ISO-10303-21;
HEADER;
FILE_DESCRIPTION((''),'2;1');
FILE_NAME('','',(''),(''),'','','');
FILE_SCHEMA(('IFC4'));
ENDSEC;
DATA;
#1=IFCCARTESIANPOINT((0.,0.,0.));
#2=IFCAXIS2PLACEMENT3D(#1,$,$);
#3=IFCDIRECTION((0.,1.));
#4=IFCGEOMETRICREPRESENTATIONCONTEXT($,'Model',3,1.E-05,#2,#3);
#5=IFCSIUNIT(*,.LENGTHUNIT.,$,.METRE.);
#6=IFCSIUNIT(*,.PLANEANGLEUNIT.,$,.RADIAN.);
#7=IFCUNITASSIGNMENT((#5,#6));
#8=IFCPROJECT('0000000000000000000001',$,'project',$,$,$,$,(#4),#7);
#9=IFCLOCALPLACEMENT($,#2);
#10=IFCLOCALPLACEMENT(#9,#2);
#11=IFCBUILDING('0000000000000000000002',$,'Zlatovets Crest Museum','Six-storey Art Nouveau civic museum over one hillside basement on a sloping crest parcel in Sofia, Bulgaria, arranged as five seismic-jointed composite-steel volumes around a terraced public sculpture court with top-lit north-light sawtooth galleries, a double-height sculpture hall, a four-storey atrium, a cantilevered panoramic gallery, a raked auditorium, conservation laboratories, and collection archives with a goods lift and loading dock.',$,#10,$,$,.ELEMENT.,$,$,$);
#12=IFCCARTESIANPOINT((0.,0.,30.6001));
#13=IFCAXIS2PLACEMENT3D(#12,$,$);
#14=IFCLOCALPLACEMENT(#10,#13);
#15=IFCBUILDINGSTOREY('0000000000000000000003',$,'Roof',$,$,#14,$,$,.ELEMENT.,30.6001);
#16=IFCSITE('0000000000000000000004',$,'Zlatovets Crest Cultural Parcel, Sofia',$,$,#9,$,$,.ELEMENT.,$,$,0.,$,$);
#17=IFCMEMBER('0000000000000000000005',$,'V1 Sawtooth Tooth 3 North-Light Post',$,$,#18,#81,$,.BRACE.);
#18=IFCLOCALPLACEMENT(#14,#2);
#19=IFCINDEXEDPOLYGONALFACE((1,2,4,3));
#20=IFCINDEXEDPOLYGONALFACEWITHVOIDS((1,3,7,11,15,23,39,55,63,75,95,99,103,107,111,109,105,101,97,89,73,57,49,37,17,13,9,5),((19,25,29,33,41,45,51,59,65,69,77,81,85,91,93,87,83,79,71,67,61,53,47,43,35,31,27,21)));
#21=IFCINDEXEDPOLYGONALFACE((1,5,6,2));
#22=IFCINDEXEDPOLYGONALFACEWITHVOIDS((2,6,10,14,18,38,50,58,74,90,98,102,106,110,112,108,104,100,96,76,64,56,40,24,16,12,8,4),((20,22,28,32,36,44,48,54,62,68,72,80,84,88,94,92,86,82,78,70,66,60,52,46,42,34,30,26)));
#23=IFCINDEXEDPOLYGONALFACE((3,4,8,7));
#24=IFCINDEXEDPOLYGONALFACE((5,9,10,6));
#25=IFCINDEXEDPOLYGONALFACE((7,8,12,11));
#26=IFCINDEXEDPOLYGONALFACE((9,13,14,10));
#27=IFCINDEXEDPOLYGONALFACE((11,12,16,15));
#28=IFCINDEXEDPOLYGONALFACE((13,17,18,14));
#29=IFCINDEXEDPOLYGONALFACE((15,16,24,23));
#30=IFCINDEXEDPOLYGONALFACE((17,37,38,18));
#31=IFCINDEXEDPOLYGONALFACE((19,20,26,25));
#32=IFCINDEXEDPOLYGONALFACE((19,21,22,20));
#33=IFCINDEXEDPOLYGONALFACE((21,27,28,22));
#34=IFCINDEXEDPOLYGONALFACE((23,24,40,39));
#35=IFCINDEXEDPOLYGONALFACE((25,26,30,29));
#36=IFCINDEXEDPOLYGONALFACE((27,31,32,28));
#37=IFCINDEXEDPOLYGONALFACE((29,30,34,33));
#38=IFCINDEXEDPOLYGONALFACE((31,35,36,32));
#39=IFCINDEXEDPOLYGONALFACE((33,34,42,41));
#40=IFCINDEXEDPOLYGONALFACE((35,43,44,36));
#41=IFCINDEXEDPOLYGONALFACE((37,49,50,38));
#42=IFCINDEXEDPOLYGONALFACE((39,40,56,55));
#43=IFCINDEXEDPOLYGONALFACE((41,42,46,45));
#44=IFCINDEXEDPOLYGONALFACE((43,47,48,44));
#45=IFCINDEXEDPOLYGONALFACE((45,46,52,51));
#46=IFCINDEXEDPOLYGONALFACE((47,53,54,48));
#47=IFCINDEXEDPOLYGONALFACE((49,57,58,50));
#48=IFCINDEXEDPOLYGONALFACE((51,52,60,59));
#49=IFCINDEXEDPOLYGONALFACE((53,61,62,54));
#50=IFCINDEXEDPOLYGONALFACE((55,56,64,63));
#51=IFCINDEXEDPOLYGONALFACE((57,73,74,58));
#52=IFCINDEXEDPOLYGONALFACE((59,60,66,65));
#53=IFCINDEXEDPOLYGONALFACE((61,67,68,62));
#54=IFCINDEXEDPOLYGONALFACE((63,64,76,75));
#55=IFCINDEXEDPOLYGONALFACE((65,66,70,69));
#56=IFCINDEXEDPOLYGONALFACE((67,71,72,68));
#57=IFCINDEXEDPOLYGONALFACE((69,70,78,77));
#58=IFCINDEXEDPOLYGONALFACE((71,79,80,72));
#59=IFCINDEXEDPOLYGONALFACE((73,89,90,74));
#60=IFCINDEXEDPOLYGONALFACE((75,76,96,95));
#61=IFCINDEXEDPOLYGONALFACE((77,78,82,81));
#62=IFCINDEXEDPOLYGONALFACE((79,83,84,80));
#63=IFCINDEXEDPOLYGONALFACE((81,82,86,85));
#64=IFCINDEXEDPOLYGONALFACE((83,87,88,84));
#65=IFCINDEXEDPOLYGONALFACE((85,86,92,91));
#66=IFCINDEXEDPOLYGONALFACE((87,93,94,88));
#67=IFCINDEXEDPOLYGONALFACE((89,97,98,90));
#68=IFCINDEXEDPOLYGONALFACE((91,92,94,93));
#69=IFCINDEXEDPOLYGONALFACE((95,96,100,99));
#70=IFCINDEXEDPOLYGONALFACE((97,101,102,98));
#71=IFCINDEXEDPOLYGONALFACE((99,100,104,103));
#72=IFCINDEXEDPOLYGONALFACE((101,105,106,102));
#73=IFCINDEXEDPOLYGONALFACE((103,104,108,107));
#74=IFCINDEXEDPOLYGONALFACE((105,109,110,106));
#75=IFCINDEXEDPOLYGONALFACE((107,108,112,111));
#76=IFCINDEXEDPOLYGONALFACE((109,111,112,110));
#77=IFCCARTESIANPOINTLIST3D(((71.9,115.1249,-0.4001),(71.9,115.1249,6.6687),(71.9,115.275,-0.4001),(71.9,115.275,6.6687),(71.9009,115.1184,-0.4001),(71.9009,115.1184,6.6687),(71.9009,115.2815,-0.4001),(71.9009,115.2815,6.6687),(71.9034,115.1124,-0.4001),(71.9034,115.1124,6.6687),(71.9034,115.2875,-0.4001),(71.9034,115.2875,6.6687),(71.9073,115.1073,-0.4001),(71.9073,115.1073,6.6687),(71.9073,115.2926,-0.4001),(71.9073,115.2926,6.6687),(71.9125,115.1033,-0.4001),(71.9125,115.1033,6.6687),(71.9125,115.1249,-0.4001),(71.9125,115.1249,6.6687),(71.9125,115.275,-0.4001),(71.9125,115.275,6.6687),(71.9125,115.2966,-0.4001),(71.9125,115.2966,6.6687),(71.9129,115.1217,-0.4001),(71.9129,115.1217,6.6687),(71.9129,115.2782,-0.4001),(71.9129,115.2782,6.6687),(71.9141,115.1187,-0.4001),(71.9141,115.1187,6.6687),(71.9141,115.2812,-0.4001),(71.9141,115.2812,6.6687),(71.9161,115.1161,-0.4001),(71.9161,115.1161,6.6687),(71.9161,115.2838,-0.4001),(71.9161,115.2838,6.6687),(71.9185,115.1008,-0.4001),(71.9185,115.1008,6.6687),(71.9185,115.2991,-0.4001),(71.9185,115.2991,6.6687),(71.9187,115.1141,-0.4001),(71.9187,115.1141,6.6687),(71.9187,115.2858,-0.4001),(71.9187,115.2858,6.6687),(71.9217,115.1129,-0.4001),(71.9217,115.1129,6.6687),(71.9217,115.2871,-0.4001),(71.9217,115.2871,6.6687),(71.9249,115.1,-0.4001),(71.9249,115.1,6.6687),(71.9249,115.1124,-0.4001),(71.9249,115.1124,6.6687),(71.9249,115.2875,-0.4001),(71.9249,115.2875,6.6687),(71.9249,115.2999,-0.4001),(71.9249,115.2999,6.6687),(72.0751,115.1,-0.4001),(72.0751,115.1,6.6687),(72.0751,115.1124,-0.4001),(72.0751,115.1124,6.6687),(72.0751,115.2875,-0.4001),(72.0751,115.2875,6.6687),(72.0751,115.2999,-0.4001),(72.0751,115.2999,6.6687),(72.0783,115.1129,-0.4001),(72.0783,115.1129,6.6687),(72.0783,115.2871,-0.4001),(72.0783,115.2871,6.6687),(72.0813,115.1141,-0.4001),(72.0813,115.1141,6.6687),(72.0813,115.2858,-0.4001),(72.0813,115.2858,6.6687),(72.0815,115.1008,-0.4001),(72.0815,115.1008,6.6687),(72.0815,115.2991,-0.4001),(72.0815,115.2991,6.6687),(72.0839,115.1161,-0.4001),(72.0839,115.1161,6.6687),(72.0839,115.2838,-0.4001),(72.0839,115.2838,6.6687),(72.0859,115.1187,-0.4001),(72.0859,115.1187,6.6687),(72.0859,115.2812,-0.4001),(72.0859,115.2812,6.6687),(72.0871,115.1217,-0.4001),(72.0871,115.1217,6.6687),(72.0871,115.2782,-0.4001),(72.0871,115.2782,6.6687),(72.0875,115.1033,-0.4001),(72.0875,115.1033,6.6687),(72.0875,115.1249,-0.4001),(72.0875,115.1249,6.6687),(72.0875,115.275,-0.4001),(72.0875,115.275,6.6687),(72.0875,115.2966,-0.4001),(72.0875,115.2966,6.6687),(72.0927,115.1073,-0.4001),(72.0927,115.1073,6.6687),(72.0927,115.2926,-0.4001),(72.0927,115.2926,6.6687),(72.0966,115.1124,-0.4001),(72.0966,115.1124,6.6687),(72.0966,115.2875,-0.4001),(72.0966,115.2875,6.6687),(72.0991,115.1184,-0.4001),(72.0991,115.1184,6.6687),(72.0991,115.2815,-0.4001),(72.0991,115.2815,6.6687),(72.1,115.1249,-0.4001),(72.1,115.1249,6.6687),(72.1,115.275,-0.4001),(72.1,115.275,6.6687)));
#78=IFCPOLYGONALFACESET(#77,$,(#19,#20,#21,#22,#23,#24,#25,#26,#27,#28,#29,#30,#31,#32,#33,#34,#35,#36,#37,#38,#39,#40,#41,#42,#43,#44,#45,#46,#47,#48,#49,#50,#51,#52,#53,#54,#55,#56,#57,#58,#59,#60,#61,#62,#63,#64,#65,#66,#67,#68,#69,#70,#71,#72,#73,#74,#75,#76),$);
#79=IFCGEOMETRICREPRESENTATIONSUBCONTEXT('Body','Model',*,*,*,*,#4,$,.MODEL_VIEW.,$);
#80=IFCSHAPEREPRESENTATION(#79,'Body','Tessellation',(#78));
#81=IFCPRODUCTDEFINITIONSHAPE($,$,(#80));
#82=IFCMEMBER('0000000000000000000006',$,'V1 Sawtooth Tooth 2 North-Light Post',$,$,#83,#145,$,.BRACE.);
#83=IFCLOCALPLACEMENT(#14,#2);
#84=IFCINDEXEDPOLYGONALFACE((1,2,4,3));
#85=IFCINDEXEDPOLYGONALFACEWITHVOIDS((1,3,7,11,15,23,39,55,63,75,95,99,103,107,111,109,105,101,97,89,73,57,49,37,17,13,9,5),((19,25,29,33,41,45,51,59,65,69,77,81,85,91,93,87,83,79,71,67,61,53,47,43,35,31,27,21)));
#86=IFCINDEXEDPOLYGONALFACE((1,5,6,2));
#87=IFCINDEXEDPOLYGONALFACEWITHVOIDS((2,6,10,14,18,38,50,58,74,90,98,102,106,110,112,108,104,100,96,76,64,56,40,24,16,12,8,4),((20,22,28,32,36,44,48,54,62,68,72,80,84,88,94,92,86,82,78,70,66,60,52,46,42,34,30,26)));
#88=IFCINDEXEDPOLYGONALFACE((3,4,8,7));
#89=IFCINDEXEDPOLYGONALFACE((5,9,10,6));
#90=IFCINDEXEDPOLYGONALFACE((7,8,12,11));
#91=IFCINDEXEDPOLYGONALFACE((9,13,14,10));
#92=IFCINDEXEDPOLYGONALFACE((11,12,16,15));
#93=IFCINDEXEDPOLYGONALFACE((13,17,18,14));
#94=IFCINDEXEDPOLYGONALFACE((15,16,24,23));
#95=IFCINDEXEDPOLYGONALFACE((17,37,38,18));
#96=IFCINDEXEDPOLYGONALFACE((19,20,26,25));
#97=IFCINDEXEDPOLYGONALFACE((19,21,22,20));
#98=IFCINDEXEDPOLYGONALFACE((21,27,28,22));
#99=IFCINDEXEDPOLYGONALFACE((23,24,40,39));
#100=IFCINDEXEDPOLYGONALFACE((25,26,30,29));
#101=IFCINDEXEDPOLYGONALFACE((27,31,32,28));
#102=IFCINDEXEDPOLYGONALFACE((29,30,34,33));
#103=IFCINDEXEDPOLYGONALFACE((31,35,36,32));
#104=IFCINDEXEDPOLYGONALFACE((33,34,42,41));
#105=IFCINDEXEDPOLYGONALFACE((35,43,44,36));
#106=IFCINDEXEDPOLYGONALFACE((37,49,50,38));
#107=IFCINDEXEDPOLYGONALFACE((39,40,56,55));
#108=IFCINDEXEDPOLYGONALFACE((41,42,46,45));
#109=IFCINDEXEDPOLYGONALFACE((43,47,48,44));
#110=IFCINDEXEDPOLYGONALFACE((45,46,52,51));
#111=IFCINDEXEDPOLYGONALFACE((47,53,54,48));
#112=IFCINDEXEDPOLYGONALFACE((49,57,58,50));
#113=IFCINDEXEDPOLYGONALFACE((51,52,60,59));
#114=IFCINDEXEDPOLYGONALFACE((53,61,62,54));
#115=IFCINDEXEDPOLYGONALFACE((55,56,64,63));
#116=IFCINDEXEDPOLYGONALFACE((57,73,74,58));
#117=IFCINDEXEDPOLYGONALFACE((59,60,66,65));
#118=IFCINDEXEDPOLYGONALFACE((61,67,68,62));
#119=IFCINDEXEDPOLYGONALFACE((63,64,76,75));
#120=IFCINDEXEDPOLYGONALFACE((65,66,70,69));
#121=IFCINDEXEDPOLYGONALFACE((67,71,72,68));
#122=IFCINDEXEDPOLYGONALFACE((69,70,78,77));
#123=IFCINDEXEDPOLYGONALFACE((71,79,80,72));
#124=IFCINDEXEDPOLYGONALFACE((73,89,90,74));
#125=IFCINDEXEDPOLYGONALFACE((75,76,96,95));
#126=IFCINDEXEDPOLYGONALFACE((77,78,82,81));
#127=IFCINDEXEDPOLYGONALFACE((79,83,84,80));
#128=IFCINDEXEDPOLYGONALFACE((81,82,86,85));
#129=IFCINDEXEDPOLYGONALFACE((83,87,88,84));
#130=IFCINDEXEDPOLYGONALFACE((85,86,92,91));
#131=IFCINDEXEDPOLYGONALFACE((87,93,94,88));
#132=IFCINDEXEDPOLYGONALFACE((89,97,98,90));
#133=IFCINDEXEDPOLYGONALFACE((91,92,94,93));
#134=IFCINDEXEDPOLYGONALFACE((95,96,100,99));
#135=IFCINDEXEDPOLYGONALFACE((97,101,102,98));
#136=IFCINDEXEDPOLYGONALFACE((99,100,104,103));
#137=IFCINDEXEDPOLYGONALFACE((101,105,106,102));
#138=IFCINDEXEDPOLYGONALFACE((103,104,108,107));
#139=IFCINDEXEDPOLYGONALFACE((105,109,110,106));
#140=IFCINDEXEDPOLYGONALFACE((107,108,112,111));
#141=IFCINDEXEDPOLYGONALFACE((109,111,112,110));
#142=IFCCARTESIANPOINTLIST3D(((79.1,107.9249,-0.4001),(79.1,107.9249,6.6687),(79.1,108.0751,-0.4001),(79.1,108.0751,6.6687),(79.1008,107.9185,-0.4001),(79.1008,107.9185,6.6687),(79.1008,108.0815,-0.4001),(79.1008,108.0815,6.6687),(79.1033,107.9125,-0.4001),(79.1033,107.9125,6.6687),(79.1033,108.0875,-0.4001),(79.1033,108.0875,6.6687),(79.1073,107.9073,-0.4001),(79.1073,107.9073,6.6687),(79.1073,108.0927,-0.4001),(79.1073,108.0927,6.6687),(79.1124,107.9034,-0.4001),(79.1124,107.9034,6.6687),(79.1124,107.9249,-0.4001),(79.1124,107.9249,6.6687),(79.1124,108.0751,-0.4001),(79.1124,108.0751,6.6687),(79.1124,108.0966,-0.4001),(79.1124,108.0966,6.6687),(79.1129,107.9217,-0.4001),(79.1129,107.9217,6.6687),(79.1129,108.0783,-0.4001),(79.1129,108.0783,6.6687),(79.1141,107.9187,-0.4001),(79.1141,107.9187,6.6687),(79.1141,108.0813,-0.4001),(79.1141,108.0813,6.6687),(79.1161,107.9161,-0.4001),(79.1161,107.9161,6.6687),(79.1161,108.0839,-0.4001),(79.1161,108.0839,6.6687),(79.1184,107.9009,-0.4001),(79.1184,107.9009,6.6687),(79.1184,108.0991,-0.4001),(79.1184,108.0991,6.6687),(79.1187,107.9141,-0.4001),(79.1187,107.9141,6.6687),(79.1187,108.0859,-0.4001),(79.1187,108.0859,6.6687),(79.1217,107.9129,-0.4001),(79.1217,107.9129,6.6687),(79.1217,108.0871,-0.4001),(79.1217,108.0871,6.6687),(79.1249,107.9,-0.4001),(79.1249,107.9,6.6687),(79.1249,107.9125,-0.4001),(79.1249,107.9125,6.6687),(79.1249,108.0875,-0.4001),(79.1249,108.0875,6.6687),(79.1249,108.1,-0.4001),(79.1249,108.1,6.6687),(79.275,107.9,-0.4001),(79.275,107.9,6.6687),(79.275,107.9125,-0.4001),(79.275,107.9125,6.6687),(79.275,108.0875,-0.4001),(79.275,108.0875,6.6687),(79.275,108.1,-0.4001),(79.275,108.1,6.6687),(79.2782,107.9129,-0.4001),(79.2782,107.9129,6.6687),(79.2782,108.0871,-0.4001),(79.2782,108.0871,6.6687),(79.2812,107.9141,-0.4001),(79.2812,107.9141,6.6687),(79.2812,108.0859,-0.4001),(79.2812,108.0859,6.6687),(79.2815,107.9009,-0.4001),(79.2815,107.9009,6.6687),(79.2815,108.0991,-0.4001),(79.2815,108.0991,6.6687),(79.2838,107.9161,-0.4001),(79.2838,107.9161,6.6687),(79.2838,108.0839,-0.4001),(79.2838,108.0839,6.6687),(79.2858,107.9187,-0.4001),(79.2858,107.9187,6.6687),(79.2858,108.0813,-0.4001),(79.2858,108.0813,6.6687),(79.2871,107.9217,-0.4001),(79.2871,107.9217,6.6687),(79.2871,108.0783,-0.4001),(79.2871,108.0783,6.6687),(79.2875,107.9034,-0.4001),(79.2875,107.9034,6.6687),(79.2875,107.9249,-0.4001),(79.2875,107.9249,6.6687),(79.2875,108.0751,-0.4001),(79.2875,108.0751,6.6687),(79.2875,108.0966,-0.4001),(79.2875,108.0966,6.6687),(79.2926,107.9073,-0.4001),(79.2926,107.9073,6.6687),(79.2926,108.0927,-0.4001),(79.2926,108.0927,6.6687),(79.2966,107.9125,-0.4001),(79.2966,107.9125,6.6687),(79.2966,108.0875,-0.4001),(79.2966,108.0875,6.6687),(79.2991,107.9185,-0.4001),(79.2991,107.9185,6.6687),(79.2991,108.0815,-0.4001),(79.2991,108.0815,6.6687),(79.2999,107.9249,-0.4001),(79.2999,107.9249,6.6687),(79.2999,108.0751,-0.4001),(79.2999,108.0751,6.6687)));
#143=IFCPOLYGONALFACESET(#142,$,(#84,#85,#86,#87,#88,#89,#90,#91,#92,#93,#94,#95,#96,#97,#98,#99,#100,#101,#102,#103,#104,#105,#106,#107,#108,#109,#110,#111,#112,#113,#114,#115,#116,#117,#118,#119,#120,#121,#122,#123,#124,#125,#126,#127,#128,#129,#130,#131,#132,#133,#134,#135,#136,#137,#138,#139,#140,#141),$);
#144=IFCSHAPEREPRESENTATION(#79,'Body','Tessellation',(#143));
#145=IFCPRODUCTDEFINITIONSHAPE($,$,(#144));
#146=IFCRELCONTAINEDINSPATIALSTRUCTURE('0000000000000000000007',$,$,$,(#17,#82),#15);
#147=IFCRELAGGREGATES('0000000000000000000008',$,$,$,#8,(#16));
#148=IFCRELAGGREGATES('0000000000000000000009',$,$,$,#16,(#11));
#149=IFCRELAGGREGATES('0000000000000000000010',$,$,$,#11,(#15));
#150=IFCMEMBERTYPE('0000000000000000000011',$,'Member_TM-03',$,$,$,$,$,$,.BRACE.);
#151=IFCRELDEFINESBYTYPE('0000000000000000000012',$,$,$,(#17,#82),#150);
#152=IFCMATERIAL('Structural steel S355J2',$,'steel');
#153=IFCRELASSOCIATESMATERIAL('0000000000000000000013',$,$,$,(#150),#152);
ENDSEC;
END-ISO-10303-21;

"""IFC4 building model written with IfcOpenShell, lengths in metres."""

from ifc_helpers import new_model, si_unit, direction, frame, origin, origin_2d, place, context, subcontext, project, spatial, hollow_rectangle, extrude, material, material_profile, profile_set, type_object, element, save


model = new_model("IFC4")

# Units and contexts
model_context = context("Model", 3, precision=1e-05, world=origin(), true_north=direction((0.0, 1.0)))
body_context = subcontext(model_context, "Body", "Model", "MODEL_VIEW")
ifc_project = project(units=[si_unit("LENGTHUNIT", "METRE"), si_unit("PLANEANGLEUNIT", "RADIAN")], contexts=[model_context])

# Site, building, storey
site_placement = place(None, origin())
site = spatial("IfcSite", under=ifc_project, at=site_placement, Name="Zlatovets Crest Cultural Parcel, Sofia", CompositionType="ELEMENT", RefElevation=0.0)
building_placement = place(site_placement, origin())
building = spatial("IfcBuilding", under=site, at=building_placement, Name="Zlatovets Crest Museum", Description="Six-storey Art Nouveau civic museum over one hillside basement on a sloping crest parcel in Sofia, Bulgaria, arranged as five seismic-jointed composite-steel volumes around a terraced public sculpture court with top-lit north-light sawtooth galleries, a double-height sculpture hall, a four-storey atrium, a cantilevered panoramic gallery, a raked auditorium, conservation laboratories, and collection archives with a goods lift and loading dock.", CompositionType="ELEMENT")
storey_placement = place(building_placement, frame((0.0, 0.0, 30.6001)))
storey = spatial("IfcBuildingStorey", under=building, at=storey_placement, Name="Roof", CompositionType="ELEMENT", Elevation=30.6001)

# Shared definitions
ifc_material_1 = material(Name="Structural steel S355J2", Category="steel")

# Members
ifc_material_profile_1 = material_profile(ifc_material_1, hollow_rectangle(XDim=0.2, YDim=0.2, WallThickness=0.0125, InnerFilletRadius=0.0125, OuterFilletRadius=0.0249, at=origin_2d()), Name="SHS 200x200x12.5")
ifc_profile_set_1 = profile_set([ifc_material_profile_1], Name="Structural steel S355J2")
member_type_1 = type_object("IfcMemberType", Name="Member_TM-03", PredefinedType="BRACE", material=ifc_profile_set_1)
for number, where, z_axis, x_axis, name in (
    (1, (72.0, 115.2, -0.4001), (0.0, 0.0, 1.0), (1.0, 0.0, 0.0), "V1 Sawtooth Tooth 3 North-Light Post"),
    (2, (79.2, 108.0, -0.4001), (0.0, 0.0, 1.0), (1.0, 0.0, 0.0), "V1 Sawtooth Tooth 2 North-Light Post"),
):
    element("IfcMember", number, at=place(storey_placement, frame(where, z_axis=z_axis, x_axis=x_axis)), inside=storey, type_object=member_type_1, Name=name, PredefinedType="BRACE", context=body_context, shape_type="SweptSolid", body=[
        extrude(hollow_rectangle(XDim=0.2, YDim=0.2, WallThickness=0.0125, InnerFilletRadius=0.0125, OuterFilletRadius=0.0249, at=origin_2d()), origin(), (0.0, 0.0, 1.0), 7.0688),
    ])

save(model, "model.ifc")
